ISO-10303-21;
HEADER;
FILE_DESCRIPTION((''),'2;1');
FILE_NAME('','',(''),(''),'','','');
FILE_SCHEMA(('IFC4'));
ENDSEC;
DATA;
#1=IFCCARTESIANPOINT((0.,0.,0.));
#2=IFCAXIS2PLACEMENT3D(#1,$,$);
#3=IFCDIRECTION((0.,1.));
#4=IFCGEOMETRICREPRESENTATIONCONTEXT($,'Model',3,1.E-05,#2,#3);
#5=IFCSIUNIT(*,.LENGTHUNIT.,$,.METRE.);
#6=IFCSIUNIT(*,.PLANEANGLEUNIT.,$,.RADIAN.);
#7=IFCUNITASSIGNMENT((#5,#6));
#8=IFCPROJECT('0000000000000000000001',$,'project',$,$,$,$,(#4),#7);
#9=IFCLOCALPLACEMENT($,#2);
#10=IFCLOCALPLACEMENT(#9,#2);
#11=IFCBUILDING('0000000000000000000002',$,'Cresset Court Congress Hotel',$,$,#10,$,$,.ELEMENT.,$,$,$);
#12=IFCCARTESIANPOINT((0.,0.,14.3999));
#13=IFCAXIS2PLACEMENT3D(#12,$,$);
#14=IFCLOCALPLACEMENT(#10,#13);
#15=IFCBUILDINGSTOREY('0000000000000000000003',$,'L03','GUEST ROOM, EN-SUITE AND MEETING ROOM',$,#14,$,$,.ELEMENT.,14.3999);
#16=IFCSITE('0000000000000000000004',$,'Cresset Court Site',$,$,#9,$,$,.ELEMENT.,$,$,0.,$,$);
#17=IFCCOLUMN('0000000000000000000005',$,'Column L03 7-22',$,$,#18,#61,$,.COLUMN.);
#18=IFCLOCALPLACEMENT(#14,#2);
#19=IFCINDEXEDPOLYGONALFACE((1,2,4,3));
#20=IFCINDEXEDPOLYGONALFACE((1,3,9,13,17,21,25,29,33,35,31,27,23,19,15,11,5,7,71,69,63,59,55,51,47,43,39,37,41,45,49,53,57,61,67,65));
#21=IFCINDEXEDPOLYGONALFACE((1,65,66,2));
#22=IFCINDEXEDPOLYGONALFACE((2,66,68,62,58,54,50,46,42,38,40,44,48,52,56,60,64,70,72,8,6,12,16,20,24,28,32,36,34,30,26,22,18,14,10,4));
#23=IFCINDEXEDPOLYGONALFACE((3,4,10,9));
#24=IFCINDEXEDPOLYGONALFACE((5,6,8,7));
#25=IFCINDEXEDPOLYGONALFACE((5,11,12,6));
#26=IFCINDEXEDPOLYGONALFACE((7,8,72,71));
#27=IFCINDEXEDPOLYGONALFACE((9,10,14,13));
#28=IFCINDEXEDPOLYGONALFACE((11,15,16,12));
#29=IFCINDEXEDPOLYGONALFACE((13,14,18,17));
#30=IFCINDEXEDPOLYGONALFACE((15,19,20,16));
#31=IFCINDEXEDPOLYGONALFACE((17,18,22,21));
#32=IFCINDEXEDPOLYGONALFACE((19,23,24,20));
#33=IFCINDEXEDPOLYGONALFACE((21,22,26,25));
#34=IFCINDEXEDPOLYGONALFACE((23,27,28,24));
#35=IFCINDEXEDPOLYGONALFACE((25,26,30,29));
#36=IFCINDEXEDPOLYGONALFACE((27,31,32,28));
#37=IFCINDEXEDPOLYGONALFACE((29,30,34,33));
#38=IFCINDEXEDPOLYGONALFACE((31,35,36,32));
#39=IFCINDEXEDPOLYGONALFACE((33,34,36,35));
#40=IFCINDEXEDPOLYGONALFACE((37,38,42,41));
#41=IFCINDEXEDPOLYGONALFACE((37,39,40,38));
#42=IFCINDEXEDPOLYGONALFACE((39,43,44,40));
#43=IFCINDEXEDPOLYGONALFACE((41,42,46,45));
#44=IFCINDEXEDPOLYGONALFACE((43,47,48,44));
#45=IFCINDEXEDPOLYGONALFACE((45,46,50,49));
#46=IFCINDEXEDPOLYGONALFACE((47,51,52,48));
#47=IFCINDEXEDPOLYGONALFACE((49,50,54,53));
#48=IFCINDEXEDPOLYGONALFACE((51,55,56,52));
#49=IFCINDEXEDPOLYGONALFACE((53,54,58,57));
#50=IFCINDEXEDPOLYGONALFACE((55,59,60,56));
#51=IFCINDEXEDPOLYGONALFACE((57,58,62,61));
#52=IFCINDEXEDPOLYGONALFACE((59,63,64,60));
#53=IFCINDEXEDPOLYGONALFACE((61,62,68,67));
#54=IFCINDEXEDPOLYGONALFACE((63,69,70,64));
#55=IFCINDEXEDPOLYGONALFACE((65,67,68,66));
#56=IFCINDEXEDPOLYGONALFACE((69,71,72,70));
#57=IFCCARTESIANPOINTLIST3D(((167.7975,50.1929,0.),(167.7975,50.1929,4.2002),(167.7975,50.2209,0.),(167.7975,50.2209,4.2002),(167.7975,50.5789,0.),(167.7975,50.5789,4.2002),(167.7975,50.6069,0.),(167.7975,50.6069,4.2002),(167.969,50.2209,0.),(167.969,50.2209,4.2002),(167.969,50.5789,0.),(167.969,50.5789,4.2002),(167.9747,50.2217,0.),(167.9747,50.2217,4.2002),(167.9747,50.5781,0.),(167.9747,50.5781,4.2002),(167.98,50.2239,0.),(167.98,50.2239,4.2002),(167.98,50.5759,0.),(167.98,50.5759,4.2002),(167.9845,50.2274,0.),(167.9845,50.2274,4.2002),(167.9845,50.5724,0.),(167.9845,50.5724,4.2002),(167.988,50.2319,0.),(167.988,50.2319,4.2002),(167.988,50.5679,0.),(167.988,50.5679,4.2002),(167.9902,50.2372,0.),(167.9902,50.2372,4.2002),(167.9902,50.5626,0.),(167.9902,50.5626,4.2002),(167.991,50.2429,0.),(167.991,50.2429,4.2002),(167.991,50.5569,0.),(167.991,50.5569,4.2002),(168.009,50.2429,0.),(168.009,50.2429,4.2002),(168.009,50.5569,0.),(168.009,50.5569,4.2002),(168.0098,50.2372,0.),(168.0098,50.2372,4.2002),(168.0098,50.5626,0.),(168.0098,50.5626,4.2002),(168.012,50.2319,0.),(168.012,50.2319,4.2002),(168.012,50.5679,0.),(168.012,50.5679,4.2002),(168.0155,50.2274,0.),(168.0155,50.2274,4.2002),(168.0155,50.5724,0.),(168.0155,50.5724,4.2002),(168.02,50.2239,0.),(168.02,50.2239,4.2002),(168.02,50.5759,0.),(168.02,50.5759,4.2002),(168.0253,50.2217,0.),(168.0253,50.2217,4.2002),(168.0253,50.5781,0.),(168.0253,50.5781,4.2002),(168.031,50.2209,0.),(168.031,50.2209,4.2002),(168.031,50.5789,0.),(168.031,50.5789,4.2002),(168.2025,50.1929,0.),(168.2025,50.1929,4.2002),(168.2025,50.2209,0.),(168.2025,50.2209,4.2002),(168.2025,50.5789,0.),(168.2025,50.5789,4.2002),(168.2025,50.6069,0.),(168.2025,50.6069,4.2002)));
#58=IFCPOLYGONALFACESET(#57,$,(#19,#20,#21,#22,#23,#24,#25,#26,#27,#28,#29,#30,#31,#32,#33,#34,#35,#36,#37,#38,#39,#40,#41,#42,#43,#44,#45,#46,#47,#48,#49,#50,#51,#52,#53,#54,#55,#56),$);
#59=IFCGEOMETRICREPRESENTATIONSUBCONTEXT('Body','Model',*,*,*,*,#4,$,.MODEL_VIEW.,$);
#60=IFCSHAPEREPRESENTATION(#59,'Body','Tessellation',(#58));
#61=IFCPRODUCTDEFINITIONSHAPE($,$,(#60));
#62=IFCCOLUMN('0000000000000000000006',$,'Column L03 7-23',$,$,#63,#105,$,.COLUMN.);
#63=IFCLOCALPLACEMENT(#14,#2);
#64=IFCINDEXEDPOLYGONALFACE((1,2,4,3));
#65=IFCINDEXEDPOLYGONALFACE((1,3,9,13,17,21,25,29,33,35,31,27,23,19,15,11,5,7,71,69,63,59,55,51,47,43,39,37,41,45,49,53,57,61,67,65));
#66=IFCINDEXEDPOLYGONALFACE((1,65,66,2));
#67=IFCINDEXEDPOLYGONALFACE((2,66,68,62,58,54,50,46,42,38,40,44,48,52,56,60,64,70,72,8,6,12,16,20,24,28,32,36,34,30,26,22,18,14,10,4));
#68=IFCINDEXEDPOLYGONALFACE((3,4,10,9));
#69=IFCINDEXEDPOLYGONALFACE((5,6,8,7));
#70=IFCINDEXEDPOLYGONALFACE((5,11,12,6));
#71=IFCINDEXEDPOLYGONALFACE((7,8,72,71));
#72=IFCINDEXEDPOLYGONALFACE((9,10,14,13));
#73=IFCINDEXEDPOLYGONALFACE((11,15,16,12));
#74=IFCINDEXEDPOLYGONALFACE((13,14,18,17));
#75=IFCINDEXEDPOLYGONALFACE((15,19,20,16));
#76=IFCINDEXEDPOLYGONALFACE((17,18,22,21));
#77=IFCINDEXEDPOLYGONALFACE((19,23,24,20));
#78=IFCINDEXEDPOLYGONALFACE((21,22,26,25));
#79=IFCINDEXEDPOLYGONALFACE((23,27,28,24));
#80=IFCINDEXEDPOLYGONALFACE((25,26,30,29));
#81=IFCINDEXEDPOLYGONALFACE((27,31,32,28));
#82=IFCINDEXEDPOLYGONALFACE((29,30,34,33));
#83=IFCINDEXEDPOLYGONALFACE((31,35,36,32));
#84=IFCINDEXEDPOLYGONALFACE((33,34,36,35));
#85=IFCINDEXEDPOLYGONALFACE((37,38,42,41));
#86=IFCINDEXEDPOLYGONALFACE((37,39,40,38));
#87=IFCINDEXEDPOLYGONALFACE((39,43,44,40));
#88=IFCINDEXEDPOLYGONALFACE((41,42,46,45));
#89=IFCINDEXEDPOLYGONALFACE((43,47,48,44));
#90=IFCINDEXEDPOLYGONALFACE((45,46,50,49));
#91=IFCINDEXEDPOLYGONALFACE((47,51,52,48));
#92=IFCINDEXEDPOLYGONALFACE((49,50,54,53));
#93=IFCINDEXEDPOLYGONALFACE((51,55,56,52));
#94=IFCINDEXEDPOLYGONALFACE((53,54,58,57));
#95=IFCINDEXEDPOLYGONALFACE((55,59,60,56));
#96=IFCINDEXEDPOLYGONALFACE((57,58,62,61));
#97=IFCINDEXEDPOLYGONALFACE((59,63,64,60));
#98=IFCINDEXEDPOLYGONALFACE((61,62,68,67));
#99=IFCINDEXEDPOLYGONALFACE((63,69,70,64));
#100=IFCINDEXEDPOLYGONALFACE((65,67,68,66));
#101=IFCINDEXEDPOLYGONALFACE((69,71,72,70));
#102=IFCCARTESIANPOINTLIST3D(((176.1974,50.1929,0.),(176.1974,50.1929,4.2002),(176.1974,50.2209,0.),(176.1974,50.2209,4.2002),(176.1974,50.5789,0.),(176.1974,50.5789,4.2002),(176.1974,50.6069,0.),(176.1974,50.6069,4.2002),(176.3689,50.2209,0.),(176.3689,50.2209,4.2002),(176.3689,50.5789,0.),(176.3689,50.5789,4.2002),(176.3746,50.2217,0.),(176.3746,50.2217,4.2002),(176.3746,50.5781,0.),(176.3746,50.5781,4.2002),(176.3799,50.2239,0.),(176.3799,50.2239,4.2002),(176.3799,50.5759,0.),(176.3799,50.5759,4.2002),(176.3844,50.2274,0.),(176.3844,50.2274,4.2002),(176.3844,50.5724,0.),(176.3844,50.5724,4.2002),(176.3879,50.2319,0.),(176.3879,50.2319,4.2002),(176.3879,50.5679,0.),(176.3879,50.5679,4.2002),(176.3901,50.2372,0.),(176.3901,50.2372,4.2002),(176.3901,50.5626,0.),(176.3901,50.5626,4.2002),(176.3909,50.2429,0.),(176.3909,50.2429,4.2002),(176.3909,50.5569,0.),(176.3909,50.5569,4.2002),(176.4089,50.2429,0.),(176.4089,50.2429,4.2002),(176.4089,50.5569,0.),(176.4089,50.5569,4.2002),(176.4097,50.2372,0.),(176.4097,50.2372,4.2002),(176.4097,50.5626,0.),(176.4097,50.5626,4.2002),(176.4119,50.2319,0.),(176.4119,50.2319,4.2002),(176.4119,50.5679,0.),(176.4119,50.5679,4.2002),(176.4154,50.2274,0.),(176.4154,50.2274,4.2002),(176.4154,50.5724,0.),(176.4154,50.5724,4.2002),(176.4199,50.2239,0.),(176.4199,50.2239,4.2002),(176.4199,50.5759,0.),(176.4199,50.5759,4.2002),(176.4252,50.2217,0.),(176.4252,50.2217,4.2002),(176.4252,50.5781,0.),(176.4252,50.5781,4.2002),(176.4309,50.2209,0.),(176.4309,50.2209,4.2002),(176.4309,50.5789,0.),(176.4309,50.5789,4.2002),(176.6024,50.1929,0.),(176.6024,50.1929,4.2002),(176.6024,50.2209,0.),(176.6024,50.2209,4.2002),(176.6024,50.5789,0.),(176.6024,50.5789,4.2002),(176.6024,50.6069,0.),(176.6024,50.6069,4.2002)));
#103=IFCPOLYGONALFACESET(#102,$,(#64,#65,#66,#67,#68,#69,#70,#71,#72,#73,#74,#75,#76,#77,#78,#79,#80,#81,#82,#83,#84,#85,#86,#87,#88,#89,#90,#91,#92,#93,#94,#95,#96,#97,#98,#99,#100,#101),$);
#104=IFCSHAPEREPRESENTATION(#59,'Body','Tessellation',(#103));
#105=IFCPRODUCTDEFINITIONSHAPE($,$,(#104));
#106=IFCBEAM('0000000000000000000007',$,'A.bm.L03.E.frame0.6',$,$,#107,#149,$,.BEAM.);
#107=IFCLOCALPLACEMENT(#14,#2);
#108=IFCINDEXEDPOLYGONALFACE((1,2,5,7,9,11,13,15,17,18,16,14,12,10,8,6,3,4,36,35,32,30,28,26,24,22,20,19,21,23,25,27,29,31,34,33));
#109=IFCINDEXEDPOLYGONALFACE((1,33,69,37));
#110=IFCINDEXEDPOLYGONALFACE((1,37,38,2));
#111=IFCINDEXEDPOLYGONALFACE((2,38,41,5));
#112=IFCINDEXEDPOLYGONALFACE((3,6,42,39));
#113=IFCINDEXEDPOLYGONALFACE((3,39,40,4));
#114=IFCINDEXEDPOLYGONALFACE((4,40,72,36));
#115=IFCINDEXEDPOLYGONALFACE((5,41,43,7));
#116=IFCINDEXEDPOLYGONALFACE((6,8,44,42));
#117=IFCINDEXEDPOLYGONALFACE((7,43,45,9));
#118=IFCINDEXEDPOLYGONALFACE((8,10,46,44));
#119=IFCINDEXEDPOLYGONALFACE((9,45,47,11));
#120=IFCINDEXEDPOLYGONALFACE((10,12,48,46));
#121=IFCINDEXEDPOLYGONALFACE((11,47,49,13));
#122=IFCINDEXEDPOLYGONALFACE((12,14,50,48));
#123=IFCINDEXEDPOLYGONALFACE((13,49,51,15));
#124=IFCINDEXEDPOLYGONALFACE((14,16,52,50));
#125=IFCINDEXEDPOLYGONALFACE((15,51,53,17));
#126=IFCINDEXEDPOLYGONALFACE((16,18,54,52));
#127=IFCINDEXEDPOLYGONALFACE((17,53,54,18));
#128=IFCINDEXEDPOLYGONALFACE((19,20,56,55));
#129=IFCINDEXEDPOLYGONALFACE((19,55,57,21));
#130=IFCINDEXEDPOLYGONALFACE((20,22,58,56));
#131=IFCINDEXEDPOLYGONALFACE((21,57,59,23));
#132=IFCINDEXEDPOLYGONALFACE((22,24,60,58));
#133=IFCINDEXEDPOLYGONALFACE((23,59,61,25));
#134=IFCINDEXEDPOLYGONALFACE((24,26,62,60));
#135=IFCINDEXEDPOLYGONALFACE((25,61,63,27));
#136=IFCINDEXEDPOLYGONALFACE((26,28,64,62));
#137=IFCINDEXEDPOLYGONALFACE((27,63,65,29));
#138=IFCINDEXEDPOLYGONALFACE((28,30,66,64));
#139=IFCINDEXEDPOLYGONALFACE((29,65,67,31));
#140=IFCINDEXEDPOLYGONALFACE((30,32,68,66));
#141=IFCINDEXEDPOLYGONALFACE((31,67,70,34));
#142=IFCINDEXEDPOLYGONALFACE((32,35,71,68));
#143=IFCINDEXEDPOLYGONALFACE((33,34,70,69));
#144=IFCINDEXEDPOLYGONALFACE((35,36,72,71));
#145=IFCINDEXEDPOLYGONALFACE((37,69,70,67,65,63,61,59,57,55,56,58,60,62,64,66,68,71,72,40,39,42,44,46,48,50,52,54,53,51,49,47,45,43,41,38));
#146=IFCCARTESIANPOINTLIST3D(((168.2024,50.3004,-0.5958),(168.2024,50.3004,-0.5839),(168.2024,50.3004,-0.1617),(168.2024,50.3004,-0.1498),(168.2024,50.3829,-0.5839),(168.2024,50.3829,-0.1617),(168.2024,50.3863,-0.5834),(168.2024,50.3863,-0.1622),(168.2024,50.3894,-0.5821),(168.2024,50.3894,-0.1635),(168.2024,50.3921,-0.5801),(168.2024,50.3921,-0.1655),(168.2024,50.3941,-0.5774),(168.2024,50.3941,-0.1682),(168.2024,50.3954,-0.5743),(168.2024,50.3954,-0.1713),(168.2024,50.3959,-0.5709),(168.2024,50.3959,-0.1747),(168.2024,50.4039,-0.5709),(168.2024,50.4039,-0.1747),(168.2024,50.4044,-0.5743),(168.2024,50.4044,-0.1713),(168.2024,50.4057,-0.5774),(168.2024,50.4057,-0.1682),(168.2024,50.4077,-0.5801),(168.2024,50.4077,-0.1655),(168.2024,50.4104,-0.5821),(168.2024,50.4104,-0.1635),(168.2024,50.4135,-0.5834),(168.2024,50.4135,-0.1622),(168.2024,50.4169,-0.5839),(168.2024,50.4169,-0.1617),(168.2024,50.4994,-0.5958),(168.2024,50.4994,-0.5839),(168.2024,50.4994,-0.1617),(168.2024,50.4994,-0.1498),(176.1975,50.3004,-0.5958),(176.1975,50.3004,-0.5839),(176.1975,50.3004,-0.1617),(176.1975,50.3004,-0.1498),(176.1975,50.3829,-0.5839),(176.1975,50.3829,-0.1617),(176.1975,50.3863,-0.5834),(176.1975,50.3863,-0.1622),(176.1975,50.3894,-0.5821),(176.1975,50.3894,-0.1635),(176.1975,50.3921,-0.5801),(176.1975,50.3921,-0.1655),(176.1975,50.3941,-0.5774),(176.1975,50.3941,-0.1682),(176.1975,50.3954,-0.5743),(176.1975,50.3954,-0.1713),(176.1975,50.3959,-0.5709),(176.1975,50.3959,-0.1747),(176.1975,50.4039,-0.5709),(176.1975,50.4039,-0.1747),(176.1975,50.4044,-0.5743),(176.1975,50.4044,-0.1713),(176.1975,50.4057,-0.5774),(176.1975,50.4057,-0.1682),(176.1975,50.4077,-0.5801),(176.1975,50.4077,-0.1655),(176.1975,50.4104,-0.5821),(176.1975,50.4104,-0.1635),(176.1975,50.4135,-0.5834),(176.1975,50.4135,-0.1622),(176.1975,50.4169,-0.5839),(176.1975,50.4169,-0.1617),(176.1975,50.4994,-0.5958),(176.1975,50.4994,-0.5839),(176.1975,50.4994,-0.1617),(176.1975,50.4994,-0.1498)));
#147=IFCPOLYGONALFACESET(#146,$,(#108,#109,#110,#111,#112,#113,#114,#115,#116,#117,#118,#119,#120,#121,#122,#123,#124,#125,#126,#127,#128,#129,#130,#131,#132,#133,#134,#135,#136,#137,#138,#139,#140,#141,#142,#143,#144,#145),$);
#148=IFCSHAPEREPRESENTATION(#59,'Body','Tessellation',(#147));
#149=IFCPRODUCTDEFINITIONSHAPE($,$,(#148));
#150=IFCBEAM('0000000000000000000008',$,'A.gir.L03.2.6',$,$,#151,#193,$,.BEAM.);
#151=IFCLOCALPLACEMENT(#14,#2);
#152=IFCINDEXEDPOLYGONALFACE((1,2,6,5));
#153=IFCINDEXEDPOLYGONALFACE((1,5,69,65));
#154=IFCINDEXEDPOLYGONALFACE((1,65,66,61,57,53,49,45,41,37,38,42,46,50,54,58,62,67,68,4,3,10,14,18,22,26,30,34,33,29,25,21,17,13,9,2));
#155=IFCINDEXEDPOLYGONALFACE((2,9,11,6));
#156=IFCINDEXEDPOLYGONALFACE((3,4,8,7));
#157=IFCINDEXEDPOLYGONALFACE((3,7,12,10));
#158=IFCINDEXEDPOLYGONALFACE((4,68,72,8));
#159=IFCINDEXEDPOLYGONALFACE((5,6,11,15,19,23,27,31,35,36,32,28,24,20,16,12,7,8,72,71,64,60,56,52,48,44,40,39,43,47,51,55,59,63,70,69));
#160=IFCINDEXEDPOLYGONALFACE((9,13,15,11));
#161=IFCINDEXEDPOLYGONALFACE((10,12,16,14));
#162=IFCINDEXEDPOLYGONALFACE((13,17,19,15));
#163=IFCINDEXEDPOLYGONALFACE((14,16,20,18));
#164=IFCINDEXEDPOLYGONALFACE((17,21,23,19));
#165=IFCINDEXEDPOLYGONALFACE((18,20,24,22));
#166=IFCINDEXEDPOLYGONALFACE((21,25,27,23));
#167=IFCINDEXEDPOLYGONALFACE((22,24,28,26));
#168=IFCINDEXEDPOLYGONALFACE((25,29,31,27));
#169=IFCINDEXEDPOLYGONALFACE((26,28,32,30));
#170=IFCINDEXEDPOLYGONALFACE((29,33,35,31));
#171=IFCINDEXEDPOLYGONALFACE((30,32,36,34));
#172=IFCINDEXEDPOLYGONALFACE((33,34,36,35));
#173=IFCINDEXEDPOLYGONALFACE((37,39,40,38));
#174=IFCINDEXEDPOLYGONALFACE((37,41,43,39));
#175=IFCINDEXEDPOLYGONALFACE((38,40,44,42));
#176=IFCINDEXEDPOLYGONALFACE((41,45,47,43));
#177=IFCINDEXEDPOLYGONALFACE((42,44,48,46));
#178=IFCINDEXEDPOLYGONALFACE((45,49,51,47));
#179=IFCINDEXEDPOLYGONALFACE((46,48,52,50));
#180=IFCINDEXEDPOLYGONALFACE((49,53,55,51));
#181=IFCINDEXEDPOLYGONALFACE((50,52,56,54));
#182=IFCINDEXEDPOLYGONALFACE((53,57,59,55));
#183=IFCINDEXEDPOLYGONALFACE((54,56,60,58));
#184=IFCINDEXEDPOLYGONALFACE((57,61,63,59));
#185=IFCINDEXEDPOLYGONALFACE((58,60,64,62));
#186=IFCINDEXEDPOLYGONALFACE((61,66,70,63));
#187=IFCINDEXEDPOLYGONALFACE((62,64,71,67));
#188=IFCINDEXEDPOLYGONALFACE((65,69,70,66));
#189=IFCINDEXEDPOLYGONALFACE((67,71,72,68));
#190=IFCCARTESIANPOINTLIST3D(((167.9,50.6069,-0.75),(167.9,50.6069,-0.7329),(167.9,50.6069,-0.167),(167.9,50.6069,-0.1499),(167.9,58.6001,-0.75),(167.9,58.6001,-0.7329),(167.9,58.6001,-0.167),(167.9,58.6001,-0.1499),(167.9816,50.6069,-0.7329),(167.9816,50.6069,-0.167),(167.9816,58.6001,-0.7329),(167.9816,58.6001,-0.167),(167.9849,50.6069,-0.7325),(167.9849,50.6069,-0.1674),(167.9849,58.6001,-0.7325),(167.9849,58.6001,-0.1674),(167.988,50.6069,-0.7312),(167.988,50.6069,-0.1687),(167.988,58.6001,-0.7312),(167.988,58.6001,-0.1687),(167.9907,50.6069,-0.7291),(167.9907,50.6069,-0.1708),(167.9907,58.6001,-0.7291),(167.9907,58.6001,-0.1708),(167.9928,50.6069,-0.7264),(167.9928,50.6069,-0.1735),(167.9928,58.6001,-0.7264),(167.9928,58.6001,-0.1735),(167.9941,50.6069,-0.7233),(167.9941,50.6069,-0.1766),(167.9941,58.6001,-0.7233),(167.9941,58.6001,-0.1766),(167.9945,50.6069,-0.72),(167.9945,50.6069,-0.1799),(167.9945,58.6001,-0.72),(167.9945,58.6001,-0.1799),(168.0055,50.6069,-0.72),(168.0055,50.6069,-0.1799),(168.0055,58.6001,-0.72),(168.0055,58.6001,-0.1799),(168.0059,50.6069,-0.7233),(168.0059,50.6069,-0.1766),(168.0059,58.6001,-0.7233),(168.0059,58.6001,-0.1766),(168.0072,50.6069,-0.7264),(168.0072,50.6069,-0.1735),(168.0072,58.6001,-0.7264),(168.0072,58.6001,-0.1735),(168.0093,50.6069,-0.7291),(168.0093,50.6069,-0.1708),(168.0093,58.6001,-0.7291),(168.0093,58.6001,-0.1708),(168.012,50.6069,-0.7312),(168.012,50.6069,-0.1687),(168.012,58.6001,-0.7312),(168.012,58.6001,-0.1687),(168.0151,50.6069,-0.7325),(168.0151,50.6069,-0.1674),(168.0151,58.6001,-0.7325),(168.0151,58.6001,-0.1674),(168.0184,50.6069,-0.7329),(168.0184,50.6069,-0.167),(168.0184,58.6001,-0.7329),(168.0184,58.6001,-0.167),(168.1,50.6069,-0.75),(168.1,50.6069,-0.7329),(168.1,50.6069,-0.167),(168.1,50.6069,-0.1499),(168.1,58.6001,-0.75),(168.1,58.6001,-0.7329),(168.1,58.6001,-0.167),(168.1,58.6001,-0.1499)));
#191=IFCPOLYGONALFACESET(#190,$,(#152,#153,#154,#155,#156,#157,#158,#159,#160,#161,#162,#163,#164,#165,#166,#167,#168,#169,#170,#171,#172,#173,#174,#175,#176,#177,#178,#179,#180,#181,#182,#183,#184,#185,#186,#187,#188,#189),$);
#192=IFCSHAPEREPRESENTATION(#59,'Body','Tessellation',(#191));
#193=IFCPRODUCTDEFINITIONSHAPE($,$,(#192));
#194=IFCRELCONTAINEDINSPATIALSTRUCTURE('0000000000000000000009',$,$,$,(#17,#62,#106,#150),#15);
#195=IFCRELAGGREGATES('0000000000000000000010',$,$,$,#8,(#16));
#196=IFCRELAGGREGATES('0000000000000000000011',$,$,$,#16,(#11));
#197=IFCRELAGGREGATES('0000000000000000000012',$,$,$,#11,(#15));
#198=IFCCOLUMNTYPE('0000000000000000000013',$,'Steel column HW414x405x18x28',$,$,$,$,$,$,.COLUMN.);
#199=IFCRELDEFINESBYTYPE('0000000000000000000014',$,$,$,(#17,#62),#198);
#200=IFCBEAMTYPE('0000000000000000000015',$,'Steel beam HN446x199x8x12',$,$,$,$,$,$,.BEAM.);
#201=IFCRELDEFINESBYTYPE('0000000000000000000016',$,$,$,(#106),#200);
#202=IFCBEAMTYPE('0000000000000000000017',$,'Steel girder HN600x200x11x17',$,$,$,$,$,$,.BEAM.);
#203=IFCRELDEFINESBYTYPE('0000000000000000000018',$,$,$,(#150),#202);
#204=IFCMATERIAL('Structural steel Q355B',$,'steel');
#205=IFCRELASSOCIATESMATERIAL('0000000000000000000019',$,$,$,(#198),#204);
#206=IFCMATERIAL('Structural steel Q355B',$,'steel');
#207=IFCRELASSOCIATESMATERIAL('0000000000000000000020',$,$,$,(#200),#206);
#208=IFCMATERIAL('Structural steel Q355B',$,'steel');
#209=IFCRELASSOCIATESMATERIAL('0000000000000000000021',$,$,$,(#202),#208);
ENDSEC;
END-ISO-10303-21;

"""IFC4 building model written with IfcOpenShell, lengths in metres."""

from ifc_helpers import new_model, si_unit, direction, frame, origin, origin_2d, place, context, subcontext, project, spatial, i_section, extrude, material, material_profile, profile_set, type_object, element, save


model = new_model("IFC4")

# Units and contexts
model_context = context("Model", 3, precision=1e-05, world=origin(), true_north=direction((0.0, 1.0)))
body_context = subcontext(model_context, "Body", "Model", "MODEL_VIEW")
ifc_project = project(units=[si_unit("LENGTHUNIT", "METRE"), si_unit("PLANEANGLEUNIT", "RADIAN")], contexts=[model_context])

# Site, building, storey
site_placement = place(None, origin())
site = spatial("IfcSite", under=ifc_project, at=site_placement, Name="Cresset Court Site", CompositionType="ELEMENT", RefElevation=0.0)
building_placement = place(site_placement, origin())
building = spatial("IfcBuilding", under=site, at=building_placement, Name="Cresset Court Congress Hotel", CompositionType="ELEMENT")
storey_placement = place(building_placement, frame((0.0, 0.0, 14.3999)))
storey = spatial("IfcBuildingStorey", under=building, at=storey_placement, Name="L03", Description="GUEST ROOM, EN-SUITE AND MEETING ROOM", CompositionType="ELEMENT", Elevation=14.3999)

# Columns
ifc_material_1 = material(Name="Structural steel Q355B", Category="steel")
ifc_material_profile_1 = material_profile(ifc_material_1, i_section(OverallWidth=0.405, OverallDepth=0.4141, WebThickness=0.0181, FlangeThickness=0.0281, FilletRadius=0.022, at=origin_2d()), Name="HW414x405x18x28")
ifc_profile_set_1 = profile_set([ifc_material_profile_1], Name="Structural steel Q355B")
column_type = type_object("IfcColumnType", Name="Steel column HW414x405x18x28", PredefinedType="COLUMN", material=ifc_profile_set_1)
for number, where, z_axis, x_axis, name in (
    (1, (168.0, 50.3999, 0.0), (0.0, 0.0, 1.0), (1.0, 0.0, 0.0), "Column L03 7-22"),
    (2, (176.3999, 50.3999, 0.0), (0.0, 0.0, 1.0), (1.0, 0.0, 0.0), "Column L03 7-23"),
):
    element("IfcColumn", number, at=place(storey_placement, frame(where, z_axis=z_axis, x_axis=x_axis)), inside=storey, type_object=column_type, Name=name, PredefinedType="COLUMN", context=body_context, shape_type="SweptSolid", body=[
        extrude(i_section(OverallWidth=0.405, OverallDepth=0.4141, WebThickness=0.0181, FlangeThickness=0.0281, FilletRadius=0.022, at=origin_2d()), origin(), (0.0, 0.0, 1.0), 4.2002),
    ])

# Beams
ifc_material_2 = material(Name="Structural steel Q355B", Category="steel")
ifc_material_profile_2 = material_profile(ifc_material_2, i_section(OverallWidth=0.199, OverallDepth=0.446, WebThickness=0.0081, FlangeThickness=0.012, FilletRadius=0.0129, at=origin_2d()), Name="HN446x199x8x12")
ifc_profile_set_2 = profile_set([ifc_material_profile_2], Name="Structural steel Q355B")
beam_type_1 = type_object("IfcBeamType", Name="Steel beam HN446x199x8x12", PredefinedType="BEAM", material=ifc_profile_set_2)
beam_placement = place(storey_placement, frame((168.2024, 50.3999, -0.3728), z_axis=(1.0, 0.0, 0.0), x_axis=(0.0, 1.0, 0.0)))
element("IfcBeam", 3, at=beam_placement, inside=storey, type_object=beam_type_1, Name="A.bm.L03.E.frame0.6", PredefinedType="BEAM", context=body_context, shape_type="SweptSolid", body=[
    extrude(i_section(OverallWidth=0.199, OverallDepth=0.446, WebThickness=0.0081, FlangeThickness=0.012, FilletRadius=0.0129, at=origin_2d()), origin(), (0.0, 0.0, 1.0), 7.9951),
])
ifc_material_3 = material(Name="Structural steel Q355B", Category="steel")
ifc_material_profile_3 = material_profile(ifc_material_3, i_section(OverallWidth=0.2, OverallDepth=0.6001, WebThickness=0.011, FlangeThickness=0.0171, FilletRadius=0.0129, at=origin_2d()), Name="HN600x200x11x17")
ifc_profile_set_3 = profile_set([ifc_material_profile_3], Name="Structural steel Q355B")
beam_type_2 = type_object("IfcBeamType", Name="Steel girder HN600x200x11x17", PredefinedType="BEAM", material=ifc_profile_set_3)
for number, where, z_axis, x_axis, name in (
    (4, (168.0, 50.6069, -0.45), (0.0, 1.0, 0.0), (-1.0, 0.0, 0.0), "A.gir.L03.2.6"),
):
    element("IfcBeam", number, at=place(storey_placement, frame(where, z_axis=z_axis, x_axis=x_axis)), inside=storey, type_object=beam_type_2, Name=name, PredefinedType="BEAM", context=body_context, shape_type="SweptSolid", body=[
        extrude(i_section(OverallWidth=0.2, OverallDepth=0.6001, WebThickness=0.011, FlangeThickness=0.0171, FilletRadius=0.0129, at=origin_2d()), origin(), (0.0, 0.0, 1.0), 7.9932),
    ])

save(model, "model.ifc")
